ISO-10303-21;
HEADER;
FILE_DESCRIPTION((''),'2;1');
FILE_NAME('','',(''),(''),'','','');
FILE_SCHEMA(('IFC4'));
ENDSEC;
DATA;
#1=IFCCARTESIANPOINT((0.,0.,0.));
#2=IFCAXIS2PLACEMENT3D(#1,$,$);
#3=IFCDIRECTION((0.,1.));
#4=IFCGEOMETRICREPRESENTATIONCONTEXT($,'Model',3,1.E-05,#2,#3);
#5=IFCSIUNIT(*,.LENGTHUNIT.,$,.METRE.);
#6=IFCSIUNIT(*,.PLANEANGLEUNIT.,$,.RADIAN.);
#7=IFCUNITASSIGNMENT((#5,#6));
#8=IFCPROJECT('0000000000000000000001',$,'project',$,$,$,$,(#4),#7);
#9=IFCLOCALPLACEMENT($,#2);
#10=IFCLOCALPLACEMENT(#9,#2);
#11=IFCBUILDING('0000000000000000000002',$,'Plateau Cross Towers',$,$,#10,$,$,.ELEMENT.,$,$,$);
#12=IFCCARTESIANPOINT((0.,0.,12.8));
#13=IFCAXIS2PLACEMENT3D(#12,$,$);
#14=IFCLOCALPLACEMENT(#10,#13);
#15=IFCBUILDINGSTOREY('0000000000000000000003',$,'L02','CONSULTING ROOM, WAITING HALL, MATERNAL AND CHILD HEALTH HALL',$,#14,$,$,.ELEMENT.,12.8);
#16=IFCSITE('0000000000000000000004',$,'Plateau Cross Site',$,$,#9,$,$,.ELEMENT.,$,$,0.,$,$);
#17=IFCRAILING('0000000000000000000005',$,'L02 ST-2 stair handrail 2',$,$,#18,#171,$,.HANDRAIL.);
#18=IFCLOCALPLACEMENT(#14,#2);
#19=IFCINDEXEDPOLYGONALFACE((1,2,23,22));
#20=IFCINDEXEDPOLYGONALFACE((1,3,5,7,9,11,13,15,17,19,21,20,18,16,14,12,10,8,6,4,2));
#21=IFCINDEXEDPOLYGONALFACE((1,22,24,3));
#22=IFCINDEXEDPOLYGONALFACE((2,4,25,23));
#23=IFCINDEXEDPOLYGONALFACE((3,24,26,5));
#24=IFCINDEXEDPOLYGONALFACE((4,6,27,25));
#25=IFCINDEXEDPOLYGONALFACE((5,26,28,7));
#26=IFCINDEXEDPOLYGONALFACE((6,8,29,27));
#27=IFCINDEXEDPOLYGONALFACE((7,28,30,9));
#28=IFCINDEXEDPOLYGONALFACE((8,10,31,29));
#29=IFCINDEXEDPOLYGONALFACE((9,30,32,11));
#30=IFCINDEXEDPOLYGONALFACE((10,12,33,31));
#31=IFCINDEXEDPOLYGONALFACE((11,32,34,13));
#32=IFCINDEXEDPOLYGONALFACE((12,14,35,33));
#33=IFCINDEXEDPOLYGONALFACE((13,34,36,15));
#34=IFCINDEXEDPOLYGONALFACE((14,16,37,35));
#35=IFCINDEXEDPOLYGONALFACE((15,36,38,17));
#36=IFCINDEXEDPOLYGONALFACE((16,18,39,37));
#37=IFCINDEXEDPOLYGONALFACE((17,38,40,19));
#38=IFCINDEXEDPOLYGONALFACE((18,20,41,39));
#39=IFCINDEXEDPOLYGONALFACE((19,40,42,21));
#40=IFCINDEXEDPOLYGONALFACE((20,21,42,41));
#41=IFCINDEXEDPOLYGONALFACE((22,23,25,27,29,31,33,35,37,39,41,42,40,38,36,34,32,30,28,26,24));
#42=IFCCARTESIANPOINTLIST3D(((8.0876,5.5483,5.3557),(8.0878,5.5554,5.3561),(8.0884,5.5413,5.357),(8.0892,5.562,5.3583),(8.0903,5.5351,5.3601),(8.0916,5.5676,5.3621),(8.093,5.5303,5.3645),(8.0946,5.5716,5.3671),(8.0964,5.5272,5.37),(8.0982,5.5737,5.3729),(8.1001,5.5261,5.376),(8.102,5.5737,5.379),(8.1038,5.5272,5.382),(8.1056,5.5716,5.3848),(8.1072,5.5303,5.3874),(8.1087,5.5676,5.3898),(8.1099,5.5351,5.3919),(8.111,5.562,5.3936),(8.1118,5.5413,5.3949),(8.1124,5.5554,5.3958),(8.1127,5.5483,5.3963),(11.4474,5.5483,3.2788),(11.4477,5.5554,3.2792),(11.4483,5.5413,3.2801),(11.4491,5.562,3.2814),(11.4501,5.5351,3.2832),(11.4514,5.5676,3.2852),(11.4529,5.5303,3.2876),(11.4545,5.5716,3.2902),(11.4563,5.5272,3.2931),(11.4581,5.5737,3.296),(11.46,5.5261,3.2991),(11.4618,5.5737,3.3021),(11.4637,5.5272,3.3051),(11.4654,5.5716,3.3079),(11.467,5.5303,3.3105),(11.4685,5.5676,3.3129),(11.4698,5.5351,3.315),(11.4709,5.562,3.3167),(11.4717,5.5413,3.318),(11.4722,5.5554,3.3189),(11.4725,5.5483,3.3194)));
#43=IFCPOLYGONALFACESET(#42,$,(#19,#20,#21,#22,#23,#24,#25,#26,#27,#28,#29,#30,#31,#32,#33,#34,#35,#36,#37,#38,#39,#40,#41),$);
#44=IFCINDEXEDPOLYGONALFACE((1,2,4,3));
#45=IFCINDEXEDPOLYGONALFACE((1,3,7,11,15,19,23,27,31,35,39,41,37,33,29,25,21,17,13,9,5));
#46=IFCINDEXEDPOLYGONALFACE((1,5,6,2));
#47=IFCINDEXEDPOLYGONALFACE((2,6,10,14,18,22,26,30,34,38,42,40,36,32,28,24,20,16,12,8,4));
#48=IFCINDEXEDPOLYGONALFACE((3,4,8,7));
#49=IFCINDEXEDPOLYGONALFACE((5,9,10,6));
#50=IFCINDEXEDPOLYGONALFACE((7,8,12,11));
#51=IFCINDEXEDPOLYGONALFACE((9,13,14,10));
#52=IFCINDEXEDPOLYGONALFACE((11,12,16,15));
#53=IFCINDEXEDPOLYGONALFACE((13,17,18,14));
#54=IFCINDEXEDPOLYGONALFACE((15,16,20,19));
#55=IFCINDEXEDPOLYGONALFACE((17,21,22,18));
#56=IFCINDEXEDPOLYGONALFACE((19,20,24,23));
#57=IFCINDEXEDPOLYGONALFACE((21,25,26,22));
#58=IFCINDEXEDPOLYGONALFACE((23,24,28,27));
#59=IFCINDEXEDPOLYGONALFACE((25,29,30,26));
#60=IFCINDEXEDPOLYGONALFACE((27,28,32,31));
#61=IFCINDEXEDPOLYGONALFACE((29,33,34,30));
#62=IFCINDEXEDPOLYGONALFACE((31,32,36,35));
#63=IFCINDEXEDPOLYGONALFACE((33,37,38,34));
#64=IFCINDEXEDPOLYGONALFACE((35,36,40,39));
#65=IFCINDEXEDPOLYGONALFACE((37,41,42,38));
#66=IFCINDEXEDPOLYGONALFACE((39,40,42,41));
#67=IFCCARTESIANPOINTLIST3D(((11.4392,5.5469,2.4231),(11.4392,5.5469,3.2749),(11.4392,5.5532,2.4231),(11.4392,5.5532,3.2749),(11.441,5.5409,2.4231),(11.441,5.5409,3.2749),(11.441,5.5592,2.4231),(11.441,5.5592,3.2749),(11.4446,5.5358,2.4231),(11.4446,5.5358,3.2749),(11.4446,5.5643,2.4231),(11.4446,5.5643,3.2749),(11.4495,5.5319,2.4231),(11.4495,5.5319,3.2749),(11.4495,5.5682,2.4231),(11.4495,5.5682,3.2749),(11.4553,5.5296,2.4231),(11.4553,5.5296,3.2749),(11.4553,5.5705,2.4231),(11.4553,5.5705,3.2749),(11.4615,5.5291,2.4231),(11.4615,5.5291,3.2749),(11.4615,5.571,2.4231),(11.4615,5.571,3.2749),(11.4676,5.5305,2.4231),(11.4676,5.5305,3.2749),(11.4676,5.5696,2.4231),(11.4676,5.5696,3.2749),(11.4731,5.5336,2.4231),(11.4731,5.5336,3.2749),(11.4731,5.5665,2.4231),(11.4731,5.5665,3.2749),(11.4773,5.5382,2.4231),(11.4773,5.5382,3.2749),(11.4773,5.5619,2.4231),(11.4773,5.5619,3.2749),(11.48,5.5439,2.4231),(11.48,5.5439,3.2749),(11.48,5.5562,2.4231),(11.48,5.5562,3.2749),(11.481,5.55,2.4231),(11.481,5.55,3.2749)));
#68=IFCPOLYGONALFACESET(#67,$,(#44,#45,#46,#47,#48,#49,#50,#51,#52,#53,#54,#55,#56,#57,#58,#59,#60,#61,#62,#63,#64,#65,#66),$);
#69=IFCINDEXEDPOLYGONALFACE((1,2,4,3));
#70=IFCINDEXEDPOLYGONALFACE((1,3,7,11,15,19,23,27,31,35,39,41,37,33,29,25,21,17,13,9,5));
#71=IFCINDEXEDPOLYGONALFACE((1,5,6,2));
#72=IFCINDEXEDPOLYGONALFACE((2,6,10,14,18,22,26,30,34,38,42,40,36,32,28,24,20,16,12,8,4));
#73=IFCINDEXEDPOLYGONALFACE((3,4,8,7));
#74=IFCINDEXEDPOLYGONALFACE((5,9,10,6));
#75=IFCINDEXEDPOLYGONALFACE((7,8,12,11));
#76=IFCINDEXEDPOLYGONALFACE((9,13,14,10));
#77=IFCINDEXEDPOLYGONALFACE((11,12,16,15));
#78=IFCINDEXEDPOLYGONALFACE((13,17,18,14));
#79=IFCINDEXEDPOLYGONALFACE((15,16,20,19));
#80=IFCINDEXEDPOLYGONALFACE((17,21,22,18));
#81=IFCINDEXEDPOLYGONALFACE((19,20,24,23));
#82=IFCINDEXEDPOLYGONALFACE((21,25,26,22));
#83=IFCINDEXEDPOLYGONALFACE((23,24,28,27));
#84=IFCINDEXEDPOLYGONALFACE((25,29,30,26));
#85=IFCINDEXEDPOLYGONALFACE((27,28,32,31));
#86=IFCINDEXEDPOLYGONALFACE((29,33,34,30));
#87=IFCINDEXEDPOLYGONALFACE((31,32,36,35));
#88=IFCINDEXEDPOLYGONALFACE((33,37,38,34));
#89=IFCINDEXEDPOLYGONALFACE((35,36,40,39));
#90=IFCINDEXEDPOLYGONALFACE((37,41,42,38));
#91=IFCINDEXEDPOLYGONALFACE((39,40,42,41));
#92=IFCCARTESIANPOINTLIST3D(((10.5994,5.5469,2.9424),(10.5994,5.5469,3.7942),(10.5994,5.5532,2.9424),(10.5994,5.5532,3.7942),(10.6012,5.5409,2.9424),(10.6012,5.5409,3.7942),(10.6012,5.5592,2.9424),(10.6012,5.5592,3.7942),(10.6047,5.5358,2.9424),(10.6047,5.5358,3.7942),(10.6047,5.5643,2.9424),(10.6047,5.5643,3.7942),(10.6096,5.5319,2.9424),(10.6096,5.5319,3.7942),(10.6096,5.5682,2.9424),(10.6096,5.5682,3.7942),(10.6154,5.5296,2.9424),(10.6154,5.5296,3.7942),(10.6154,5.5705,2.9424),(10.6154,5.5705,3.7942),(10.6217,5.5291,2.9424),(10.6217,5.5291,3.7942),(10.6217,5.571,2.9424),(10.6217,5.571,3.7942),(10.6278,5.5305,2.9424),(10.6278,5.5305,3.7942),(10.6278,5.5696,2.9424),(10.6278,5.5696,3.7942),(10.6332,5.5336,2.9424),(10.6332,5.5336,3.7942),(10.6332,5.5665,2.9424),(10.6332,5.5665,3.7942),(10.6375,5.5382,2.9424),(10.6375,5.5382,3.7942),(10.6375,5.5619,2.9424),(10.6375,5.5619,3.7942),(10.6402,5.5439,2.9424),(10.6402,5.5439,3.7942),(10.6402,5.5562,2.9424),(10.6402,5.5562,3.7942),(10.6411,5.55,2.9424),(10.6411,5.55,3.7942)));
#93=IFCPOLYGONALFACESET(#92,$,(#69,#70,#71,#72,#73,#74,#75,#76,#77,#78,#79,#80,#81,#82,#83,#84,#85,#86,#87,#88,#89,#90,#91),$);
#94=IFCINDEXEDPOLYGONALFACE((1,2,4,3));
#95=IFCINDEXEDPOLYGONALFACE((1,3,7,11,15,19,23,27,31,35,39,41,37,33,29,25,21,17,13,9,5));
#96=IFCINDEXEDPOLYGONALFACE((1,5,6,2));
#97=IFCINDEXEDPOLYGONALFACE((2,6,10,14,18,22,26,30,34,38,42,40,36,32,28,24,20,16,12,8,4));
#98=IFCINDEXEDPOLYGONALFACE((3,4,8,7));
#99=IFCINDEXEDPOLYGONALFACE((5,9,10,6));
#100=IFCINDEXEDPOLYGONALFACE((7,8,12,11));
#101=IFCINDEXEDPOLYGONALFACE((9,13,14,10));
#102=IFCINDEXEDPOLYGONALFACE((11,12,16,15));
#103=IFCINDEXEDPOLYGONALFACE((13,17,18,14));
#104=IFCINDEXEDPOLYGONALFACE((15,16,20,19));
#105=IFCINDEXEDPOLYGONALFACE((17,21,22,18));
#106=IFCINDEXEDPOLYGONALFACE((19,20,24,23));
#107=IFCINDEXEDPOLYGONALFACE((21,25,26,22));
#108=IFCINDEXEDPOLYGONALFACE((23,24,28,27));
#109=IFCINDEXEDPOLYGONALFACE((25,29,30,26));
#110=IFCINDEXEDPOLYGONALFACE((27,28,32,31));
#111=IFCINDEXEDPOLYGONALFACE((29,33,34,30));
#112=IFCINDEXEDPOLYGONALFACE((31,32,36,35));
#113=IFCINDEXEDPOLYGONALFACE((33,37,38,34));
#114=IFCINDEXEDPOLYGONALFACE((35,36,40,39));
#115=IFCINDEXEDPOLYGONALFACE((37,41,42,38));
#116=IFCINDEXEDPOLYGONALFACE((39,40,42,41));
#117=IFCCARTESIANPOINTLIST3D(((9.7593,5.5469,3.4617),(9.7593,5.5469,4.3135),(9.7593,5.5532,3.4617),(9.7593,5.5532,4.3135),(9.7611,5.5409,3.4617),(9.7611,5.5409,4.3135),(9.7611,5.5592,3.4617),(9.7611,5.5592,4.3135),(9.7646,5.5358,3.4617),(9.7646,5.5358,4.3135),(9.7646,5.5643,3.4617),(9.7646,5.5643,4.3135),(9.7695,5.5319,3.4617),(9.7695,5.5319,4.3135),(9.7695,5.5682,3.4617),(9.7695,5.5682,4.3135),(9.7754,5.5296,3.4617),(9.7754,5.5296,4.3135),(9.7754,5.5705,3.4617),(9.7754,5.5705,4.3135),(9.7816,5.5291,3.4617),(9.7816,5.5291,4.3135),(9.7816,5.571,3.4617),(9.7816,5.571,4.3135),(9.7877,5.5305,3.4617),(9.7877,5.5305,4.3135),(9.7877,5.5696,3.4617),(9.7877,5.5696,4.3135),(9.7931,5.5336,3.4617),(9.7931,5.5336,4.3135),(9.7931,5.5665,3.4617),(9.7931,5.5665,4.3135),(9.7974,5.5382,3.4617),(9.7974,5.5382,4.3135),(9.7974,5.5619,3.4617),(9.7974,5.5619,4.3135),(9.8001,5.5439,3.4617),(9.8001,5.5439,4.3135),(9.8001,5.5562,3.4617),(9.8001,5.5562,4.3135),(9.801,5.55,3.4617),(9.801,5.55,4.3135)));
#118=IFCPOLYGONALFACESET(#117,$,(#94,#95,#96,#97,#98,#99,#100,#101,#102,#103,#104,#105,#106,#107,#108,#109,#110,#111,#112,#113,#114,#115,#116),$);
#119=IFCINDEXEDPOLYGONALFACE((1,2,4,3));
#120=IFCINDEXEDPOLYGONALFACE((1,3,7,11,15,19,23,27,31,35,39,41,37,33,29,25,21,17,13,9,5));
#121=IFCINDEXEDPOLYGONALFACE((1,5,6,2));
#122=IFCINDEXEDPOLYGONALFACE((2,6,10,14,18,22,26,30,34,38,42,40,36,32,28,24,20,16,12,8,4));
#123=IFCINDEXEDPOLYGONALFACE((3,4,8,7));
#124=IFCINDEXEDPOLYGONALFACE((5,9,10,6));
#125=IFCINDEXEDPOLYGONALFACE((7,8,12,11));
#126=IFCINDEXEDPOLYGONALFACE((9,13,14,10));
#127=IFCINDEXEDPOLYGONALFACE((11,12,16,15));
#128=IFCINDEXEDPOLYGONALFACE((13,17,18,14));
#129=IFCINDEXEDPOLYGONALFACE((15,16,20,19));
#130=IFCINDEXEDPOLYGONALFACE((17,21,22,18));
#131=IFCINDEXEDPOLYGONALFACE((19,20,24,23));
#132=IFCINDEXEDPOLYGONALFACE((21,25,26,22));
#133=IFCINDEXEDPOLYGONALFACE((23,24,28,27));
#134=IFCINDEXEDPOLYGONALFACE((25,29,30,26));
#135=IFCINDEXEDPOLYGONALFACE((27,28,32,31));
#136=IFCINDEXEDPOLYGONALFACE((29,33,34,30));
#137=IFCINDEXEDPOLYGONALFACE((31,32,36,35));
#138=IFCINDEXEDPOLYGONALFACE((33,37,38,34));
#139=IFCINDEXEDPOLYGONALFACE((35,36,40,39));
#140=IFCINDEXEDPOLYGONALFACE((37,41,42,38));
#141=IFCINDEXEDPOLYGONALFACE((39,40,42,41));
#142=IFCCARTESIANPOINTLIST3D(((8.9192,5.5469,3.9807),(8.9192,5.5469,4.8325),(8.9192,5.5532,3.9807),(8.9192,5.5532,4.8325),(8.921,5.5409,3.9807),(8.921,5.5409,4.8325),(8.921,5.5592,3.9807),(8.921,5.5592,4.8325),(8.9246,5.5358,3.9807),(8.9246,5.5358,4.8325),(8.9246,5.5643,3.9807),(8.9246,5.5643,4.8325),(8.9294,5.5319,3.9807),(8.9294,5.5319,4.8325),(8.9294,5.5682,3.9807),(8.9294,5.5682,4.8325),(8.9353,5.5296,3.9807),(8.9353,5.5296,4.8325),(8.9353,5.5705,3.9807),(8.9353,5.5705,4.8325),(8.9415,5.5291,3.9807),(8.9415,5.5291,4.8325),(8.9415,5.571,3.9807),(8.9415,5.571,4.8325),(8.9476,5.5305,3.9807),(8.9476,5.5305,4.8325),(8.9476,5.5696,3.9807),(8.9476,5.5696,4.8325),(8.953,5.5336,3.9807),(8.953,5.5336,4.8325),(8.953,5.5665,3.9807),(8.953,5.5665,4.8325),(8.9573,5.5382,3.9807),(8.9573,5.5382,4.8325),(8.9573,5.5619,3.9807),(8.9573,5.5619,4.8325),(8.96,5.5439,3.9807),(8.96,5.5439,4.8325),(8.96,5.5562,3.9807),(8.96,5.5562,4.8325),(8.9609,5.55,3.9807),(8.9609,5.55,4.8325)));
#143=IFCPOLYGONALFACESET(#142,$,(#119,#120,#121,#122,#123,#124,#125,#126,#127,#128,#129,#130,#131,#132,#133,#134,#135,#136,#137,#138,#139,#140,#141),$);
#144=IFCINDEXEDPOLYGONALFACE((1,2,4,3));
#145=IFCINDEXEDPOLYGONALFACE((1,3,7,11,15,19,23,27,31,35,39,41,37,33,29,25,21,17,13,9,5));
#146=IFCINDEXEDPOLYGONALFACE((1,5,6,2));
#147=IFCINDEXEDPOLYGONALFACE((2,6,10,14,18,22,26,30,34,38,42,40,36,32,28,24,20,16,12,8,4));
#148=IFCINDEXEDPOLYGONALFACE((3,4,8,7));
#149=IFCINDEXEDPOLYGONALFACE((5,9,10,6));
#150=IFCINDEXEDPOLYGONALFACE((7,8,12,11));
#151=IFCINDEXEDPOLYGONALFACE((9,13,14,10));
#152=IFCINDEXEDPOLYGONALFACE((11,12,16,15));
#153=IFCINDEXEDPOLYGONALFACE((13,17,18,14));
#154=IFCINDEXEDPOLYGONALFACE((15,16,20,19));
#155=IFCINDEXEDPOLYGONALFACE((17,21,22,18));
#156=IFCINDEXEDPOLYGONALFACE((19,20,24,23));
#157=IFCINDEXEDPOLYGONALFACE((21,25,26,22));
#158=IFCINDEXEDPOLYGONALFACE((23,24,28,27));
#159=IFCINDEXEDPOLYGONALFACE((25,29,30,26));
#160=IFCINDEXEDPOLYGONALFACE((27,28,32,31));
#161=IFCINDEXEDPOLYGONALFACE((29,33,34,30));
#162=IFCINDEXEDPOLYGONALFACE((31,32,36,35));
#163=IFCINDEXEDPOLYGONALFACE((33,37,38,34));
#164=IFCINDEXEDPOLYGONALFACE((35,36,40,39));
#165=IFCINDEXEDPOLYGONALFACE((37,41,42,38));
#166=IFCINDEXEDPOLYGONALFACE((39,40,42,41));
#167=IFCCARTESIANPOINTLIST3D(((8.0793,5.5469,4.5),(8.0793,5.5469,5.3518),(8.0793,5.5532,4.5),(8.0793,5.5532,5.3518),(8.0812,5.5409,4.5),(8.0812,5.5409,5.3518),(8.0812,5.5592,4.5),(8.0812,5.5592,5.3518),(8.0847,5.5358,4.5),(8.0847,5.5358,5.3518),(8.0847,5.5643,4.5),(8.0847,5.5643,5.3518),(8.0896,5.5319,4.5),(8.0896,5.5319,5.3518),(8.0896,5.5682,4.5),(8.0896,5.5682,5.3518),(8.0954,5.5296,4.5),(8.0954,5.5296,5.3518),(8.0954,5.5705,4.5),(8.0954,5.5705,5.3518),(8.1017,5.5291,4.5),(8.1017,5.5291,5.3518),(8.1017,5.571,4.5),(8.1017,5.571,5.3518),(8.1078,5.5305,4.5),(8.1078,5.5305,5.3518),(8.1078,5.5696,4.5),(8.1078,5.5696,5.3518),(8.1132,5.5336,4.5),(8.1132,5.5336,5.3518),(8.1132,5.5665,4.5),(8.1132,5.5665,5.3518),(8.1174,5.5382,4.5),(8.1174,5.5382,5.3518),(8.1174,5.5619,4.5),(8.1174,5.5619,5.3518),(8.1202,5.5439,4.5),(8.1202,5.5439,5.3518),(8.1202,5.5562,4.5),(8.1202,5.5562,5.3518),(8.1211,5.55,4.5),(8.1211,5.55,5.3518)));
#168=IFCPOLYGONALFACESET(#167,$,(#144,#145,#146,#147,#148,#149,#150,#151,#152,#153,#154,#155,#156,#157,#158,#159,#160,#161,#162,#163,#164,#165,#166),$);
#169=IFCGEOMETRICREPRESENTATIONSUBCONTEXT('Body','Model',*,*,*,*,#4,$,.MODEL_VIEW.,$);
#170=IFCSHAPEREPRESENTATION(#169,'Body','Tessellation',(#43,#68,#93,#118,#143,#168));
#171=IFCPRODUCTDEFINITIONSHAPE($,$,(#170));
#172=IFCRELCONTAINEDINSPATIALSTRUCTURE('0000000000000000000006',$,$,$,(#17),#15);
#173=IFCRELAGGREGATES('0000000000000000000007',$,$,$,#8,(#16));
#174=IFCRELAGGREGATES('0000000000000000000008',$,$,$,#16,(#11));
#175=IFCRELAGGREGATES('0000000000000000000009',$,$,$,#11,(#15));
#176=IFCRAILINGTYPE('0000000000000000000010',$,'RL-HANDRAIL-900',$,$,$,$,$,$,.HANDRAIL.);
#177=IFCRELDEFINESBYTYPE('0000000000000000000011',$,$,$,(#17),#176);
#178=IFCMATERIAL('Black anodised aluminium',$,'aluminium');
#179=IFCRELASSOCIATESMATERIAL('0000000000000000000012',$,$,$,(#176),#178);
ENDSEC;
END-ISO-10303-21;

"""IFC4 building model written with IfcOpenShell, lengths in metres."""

from ifc_helpers import new_model, si_unit, direction, frame, origin, origin_2d, place, context, subcontext, project, spatial, circle, extrude, material, type_object, element, save


model = new_model("IFC4")

# Units and contexts
model_context = context("Model", 3, precision=1e-05, world=origin(), true_north=direction((0.0, 1.0)))
body_context = subcontext(model_context, "Body", "Model", "MODEL_VIEW")
ifc_project = project(units=[si_unit("LENGTHUNIT", "METRE"), si_unit("PLANEANGLEUNIT", "RADIAN")], contexts=[model_context])

# Site, building, storey
site_placement = place(None, origin())
site = spatial("IfcSite", under=ifc_project, at=site_placement, Name="Plateau Cross Site", CompositionType="ELEMENT", RefElevation=0.0)
building_placement = place(site_placement, origin())
building = spatial("IfcBuilding", under=site, at=building_placement, Name="Plateau Cross Towers", CompositionType="ELEMENT")
storey_placement = place(building_placement, frame((0.0, 0.0, 12.8)))
storey = spatial("IfcBuildingStorey", under=building, at=storey_placement, Name="L02", Description="CONSULTING ROOM, WAITING HALL, MATERNAL AND CHILD HEALTH HALL", CompositionType="ELEMENT", Elevation=12.8)

# Railing
ifc_material_1 = material(Name="Black anodised aluminium", Category="aluminium")
railing_type_1 = type_object("IfcRailingType", Name="RL-HANDRAIL-900", PredefinedType="HANDRAIL", material=ifc_material_1)
railing_1_placement = place(storey_placement, frame((11.46, 5.55, 2.4231)))
element("IfcRailing", 1, at=railing_1_placement, inside=storey, type_object=railing_type_1, Name="L02 ST-2 stair handrail 2", PredefinedType="HANDRAIL", context=body_context, shape_type="SweptSolid", body=[
    extrude(circle(Radius=0.0239, at=origin_2d()), frame((0.0, 0.0, 0.876), z_axis=(-0.850606, 0.0, 0.525803), x_axis=(0.0, -1.0, 0.0)), (0.0, 0.0, 1.0), 3.95),
    extrude(circle(Radius=0.021, at=origin_2d()), origin(), (0.0, 0.0, 1.0), 0.8518),
    extrude(circle(Radius=0.021, at=origin_2d()), frame((-0.8398, 0.0, 0.5193)), (0.0, 0.0, 1.0), 0.8518),
    extrude(circle(Radius=0.021, at=origin_2d()), frame((-1.6799, 0.0, 1.0386)), (0.0, 0.0, 1.0), 0.8518),
    extrude(circle(Radius=0.021, at=origin_2d()), frame((-2.52, 0.0, 1.5576)), (0.0, 0.0, 1.0), 0.8518),
    extrude(circle(Radius=0.021, at=origin_2d()), frame((-3.3599, 0.0, 2.0769)), (0.0, 0.0, 1.0), 0.8518),
])

save(model, "model.ifc")
